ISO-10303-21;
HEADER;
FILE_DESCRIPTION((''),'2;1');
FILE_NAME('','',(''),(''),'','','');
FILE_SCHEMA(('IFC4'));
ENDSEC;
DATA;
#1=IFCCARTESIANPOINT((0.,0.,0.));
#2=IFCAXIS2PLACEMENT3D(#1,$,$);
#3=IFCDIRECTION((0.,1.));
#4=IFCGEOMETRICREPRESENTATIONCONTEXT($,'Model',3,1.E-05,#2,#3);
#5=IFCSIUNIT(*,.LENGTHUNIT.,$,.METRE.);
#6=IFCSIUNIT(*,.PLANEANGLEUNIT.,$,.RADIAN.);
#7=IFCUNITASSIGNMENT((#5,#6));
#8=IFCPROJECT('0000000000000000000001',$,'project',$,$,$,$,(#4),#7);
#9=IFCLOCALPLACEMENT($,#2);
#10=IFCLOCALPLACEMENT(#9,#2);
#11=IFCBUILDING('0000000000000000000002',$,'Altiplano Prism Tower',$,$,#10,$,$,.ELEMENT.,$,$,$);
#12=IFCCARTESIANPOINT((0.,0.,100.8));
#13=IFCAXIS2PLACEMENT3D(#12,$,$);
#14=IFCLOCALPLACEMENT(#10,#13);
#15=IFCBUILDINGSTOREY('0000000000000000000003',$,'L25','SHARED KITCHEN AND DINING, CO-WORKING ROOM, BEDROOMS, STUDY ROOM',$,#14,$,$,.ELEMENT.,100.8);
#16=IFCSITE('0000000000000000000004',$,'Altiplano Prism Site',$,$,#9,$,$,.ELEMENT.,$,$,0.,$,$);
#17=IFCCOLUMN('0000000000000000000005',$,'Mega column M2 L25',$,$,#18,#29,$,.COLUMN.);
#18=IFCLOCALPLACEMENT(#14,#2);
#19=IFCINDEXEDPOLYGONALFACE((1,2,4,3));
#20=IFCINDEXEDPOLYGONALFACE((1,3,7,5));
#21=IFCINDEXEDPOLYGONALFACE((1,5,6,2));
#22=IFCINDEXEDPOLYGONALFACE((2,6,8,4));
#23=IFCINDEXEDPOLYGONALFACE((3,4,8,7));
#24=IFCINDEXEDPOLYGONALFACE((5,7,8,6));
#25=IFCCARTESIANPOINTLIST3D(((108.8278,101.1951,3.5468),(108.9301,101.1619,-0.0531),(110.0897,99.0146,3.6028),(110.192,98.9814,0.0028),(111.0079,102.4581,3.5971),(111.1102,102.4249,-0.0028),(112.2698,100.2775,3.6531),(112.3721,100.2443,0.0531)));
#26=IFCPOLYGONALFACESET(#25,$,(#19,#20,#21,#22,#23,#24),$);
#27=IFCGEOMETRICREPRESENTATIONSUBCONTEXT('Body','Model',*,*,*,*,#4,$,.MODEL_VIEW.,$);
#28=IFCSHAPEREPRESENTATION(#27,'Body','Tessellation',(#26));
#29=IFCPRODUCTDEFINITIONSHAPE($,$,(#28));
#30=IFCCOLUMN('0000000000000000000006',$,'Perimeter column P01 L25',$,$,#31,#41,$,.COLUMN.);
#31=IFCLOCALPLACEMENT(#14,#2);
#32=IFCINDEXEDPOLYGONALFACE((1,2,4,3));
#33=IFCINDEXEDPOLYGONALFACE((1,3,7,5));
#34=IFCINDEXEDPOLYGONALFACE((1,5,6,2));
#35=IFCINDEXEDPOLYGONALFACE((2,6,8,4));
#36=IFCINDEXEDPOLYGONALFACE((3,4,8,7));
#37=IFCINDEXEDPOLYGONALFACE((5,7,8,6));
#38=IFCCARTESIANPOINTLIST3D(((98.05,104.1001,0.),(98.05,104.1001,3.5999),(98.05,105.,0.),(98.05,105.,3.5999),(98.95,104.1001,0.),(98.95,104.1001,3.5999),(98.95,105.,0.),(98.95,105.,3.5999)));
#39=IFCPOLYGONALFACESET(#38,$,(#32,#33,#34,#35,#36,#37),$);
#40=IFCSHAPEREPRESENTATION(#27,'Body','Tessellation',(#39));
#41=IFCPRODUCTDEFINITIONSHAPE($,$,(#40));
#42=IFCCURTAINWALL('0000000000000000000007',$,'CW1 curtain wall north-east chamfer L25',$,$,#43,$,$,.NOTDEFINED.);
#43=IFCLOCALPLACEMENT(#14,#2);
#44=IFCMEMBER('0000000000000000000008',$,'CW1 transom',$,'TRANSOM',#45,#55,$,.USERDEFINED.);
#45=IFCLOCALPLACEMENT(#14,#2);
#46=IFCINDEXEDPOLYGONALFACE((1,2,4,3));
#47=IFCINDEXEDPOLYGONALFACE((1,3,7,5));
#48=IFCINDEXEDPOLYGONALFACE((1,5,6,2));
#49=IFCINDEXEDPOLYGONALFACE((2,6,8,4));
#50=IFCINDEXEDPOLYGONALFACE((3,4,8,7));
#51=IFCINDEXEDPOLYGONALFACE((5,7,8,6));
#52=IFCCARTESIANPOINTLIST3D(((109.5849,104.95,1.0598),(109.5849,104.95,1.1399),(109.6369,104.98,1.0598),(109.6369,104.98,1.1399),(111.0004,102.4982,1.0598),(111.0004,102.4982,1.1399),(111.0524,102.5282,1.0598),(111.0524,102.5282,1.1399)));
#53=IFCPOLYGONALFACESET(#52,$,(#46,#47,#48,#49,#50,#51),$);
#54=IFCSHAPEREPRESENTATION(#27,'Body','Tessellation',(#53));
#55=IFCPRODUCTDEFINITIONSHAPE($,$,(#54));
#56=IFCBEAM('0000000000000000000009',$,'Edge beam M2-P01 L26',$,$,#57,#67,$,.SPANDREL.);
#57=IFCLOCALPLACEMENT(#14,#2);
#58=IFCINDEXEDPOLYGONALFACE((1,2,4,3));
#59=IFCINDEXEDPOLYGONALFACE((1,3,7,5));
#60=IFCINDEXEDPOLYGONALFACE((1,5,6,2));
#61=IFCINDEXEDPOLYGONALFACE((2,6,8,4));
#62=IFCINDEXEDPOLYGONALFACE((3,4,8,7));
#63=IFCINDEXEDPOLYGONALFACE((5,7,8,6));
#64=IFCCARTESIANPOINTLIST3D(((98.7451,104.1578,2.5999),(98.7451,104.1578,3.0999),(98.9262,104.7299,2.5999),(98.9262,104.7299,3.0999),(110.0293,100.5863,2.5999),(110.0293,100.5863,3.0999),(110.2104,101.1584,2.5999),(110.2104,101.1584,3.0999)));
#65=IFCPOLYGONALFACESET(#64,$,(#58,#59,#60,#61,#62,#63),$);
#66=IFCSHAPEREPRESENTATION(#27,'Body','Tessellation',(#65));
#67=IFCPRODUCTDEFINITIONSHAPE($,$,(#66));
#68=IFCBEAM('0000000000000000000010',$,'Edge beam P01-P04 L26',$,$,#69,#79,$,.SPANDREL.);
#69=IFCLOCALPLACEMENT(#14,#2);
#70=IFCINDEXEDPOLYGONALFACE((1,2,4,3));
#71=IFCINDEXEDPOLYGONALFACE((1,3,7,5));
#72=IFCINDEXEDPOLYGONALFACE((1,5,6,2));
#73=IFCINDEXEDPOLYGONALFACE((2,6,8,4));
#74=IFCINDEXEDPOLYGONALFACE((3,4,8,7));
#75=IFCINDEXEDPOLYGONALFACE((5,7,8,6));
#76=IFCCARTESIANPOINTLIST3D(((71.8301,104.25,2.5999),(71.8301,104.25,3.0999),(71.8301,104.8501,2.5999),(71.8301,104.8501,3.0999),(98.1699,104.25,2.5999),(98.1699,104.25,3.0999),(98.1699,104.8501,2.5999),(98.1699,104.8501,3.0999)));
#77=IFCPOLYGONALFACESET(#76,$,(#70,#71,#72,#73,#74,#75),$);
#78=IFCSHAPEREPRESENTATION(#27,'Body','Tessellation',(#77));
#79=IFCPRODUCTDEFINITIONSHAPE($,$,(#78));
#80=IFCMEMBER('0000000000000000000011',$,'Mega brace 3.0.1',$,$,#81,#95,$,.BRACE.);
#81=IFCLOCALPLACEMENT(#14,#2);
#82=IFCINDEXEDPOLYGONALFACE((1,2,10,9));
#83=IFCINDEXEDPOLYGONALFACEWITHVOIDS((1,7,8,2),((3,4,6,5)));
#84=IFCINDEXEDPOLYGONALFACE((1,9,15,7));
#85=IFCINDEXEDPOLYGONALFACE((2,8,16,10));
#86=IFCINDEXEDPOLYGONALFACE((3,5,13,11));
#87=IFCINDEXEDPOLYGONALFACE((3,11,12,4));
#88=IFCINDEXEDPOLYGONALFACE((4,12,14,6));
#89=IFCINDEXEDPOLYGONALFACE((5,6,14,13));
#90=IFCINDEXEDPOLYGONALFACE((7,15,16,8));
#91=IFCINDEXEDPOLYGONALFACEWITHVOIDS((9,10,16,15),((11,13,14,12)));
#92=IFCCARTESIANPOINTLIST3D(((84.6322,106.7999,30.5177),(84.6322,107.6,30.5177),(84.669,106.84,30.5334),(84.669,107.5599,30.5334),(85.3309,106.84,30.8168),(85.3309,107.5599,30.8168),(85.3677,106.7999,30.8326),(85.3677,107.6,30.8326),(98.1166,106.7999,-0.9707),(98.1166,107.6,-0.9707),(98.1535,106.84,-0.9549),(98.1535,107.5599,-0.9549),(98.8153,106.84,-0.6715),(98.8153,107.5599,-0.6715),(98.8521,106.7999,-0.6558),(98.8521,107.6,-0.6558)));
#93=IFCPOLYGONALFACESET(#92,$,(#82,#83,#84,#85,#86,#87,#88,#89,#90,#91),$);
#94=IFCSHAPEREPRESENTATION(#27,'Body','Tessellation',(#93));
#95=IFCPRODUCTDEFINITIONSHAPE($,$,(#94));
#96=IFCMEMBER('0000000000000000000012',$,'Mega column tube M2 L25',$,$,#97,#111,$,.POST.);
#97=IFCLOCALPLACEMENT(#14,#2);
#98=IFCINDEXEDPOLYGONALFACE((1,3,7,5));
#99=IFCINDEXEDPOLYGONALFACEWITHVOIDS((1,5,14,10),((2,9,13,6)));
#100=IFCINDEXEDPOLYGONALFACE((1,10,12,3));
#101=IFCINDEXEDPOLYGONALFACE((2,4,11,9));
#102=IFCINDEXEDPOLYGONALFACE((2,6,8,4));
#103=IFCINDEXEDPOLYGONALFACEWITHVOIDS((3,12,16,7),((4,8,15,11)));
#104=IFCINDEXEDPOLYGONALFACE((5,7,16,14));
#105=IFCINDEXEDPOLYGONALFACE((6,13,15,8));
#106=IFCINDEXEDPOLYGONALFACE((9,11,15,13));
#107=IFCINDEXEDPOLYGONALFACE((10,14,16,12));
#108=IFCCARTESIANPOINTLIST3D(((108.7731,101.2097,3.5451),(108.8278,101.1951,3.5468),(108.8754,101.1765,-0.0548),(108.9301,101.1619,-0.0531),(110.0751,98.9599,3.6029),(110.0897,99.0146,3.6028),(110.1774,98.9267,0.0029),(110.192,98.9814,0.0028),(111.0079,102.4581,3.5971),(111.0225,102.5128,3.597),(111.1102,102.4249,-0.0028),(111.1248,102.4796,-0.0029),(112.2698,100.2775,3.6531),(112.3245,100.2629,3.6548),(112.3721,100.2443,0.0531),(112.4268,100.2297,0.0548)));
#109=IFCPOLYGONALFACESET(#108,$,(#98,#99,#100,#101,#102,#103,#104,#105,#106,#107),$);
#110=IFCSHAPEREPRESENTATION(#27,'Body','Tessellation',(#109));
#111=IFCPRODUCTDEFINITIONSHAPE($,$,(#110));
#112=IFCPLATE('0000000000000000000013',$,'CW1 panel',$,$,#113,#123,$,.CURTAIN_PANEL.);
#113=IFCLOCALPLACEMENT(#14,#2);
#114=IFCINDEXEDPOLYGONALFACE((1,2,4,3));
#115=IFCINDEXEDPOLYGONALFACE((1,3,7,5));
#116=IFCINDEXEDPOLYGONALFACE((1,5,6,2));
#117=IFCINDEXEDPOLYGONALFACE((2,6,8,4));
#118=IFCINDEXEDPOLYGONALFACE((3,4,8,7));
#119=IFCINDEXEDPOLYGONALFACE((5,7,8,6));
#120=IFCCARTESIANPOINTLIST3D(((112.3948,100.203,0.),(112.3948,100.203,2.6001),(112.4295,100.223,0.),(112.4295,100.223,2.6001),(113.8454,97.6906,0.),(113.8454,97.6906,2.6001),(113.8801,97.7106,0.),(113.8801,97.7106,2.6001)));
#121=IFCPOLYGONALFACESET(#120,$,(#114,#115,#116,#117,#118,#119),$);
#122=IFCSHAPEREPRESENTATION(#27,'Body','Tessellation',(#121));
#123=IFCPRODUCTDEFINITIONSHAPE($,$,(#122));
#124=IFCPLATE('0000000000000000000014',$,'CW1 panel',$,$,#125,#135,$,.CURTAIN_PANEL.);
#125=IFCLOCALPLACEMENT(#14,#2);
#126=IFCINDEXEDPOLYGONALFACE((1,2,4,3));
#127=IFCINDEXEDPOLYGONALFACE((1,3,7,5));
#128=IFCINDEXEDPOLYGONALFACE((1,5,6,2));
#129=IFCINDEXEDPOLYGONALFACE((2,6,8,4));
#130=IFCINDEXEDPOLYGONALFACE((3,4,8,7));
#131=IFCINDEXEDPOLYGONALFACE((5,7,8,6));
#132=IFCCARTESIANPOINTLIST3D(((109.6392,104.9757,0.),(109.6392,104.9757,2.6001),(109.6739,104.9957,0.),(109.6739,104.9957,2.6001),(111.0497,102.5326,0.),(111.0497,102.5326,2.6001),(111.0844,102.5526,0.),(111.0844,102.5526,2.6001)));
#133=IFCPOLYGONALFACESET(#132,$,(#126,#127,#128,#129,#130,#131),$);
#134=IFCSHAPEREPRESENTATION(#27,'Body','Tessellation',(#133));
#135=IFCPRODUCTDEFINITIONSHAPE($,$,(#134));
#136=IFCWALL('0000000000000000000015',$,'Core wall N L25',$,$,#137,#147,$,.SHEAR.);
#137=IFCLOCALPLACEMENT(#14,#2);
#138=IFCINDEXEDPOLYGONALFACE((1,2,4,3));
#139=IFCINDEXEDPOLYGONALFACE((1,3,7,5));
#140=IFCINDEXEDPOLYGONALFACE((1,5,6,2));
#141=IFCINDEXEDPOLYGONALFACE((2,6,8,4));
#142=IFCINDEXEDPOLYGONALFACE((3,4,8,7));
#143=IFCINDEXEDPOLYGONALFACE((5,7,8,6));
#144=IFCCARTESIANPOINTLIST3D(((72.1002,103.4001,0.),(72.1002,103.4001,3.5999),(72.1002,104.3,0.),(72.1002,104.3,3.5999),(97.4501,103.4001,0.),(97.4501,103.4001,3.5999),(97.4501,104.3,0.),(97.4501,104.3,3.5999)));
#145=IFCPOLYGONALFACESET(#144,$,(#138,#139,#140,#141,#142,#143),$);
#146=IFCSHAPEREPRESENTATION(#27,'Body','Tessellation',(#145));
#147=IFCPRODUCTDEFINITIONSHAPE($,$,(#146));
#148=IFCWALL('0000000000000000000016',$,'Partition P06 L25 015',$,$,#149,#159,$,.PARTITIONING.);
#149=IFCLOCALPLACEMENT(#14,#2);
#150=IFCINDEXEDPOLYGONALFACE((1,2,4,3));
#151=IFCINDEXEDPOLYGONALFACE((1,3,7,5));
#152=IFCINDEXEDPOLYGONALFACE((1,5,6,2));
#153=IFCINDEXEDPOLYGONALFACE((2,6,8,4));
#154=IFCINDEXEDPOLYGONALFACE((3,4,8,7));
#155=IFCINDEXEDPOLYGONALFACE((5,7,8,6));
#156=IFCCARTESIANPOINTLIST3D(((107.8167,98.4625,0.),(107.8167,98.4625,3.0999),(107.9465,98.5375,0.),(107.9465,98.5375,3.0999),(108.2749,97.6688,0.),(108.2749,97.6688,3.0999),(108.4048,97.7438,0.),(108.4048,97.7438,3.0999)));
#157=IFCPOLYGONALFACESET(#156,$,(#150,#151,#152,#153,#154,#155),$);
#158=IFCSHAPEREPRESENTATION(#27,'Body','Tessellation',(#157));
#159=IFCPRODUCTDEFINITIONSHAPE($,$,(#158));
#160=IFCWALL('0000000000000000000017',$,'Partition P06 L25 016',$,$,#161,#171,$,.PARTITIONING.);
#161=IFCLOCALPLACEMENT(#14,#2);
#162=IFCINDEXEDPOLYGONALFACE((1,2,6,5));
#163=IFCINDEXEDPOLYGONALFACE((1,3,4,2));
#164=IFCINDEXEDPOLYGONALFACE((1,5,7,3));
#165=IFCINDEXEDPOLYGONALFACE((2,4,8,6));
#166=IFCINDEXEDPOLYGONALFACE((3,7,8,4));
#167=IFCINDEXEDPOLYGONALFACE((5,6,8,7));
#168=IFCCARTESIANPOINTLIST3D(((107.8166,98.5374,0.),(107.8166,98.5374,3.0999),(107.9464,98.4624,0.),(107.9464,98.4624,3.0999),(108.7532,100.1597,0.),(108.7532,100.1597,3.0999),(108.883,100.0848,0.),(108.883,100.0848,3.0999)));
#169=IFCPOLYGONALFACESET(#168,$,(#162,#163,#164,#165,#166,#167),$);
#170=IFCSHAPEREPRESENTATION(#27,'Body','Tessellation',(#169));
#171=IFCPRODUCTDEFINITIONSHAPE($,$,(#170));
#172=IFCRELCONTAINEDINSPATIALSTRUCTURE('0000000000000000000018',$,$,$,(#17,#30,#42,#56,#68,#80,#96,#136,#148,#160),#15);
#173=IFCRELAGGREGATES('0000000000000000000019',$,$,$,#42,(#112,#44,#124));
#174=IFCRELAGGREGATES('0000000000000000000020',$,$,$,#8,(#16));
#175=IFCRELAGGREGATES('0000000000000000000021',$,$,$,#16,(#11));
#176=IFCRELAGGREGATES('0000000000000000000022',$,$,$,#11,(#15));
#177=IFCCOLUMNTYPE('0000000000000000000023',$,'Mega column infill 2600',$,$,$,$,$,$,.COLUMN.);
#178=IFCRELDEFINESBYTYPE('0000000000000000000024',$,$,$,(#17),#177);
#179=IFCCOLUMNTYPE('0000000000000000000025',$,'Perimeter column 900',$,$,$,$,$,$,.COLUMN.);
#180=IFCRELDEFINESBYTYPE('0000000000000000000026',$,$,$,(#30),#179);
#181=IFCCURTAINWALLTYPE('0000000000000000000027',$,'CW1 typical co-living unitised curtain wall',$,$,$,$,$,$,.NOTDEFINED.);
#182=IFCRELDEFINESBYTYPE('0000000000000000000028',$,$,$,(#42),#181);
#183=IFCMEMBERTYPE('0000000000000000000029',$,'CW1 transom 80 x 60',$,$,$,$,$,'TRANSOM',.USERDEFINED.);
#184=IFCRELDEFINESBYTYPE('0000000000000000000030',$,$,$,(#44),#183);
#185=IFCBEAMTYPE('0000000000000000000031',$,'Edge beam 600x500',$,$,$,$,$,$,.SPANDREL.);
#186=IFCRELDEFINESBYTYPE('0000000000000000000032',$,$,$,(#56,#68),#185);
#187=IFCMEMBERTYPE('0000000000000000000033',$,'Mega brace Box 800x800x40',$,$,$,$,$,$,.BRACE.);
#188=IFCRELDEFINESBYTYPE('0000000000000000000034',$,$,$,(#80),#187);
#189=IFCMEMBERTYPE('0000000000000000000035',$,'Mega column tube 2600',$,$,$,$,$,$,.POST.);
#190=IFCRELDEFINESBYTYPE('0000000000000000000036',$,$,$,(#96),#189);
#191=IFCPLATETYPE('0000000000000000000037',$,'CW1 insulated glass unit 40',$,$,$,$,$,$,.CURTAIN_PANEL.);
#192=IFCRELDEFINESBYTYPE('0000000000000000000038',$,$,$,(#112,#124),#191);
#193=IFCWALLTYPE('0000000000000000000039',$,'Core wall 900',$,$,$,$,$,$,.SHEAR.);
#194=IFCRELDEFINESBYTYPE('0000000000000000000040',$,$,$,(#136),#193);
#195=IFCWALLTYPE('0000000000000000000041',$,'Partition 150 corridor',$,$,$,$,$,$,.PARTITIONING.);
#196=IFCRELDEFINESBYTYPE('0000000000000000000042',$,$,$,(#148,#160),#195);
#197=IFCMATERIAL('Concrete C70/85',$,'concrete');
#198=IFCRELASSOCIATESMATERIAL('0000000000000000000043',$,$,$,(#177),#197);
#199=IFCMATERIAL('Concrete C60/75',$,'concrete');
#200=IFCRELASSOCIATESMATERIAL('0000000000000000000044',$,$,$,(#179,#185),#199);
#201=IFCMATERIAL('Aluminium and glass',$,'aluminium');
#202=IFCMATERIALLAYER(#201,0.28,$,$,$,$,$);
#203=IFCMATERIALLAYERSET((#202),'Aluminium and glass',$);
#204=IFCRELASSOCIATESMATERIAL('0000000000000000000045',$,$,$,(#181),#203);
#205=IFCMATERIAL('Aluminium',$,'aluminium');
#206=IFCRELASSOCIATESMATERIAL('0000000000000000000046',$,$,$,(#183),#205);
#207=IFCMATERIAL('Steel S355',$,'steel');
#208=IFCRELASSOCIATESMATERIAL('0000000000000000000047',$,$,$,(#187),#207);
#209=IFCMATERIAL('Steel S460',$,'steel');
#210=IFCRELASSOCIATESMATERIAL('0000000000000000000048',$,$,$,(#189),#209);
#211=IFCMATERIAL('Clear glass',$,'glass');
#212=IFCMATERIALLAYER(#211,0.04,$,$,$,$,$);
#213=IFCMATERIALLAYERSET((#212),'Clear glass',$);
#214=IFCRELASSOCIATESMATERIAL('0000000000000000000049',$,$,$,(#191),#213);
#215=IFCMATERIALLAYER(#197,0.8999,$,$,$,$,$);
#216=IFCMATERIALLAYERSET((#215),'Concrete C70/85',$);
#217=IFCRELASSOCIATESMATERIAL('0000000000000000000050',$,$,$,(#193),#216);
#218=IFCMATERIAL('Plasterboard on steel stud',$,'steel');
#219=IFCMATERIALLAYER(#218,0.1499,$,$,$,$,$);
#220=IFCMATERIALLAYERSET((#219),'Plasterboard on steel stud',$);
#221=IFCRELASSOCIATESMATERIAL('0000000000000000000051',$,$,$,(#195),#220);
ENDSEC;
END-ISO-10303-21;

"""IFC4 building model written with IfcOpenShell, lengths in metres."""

from ifc_helpers import new_model, si_unit, direction, frame, frame_2d, origin, origin_2d, place, context, subcontext, project, spatial, rectangle, hollow_rectangle, extrude, material, layer, layer_set, material_profile, profile_set, type_object, element, aggregate, save


model = new_model("IFC4")

# Units and contexts
model_context = context("Model", 3, precision=1e-05, world=origin(), true_north=direction((0.0, 1.0)))
body_context = subcontext(model_context, "Body", "Model", "MODEL_VIEW")
ifc_project = project(units=[si_unit("LENGTHUNIT", "METRE"), si_unit("PLANEANGLEUNIT", "RADIAN")], contexts=[model_context])

# Site, building, storey
site_placement = place(None, origin())
site = spatial("IfcSite", under=ifc_project, at=site_placement, Name="Altiplano Prism Site", CompositionType="ELEMENT", RefElevation=0.0)
building_placement = place(site_placement, origin())
building = spatial("IfcBuilding", under=site, at=building_placement, Name="Altiplano Prism Tower", CompositionType="ELEMENT")
storey_placement = place(building_placement, frame((0.0, 0.0, 100.8)))
storey = spatial("IfcBuildingStorey", under=building, at=storey_placement, Name="L25", Description="SHARED KITCHEN AND DINING, CO-WORKING ROOM, BEDROOMS, STUDY ROOM", CompositionType="ELEMENT", Elevation=100.8)

# Columns
ifc_material_1 = material(Name="Concrete C70/85", Category="concrete")
ifc_material_profile_1 = material_profile(ifc_material_1, rectangle(XDim=2.52, YDim=2.52, at=origin_2d()), Name="Mega column infill 2600")
ifc_profile_set_1 = profile_set([ifc_material_profile_1], Name="Concrete C70/85")
column_type_1 = type_object("IfcColumnType", Name="Mega column infill 2600", PredefinedType="COLUMN", material=ifc_profile_set_1)
column_1_placement = place(storey_placement, frame((110.6511, 100.7031, 0.0), z_axis=(-0.028404, 0.009219, 0.999554), x_axis=(0.500757, -0.865303, 0.022211)))
element("IfcColumn", 1, at=column_1_placement, inside=storey, type_object=column_type_1, Name="Mega column M2 L25", PredefinedType="COLUMN", context=body_context, shape_type="SweptSolid", body=[
    extrude(rectangle(XDim=2.52, YDim=2.52, at=origin_2d()), origin(), (0.0, 0.0, 1.0), 3.6016),
])
ifc_material_2 = material(Name="Concrete C60/75", Category="concrete")
ifc_material_profile_2 = material_profile(ifc_material_2, rectangle(XDim=0.8999, YDim=0.8999, at=origin_2d()), Name="Perimeter column 900")
ifc_profile_set_2 = profile_set([ifc_material_profile_2], Name="Concrete C60/75")
column_type_2 = type_object("IfcColumnType", Name="Perimeter column 900", PredefinedType="COLUMN", material=ifc_profile_set_2)
column_2_placement = place(storey_placement, frame((98.5, 104.55, 0.0), z_axis=(0.0, 0.0, 1.0), x_axis=(1.0, 0.0, 0.0)))
element("IfcColumn", 2, at=column_2_placement, inside=storey, type_object=column_type_2, Name="Perimeter column P01 L25", PredefinedType="COLUMN", context=body_context, shape_type="SweptSolid", body=[
    extrude(rectangle(XDim=0.8999, YDim=0.8999, at=origin_2d()), origin(), (0.0, 0.0, 1.0), 3.5999),
])

# Curtain wall, member
ifc_material_3 = material(Name="Aluminium and glass", Category="aluminium")
ifc_layer_1 = layer(ifc_material_3, 0.28)
ifc_layer_set_1 = layer_set([ifc_layer_1], Name="Aluminium and glass")
curtain_wall_type = type_object("IfcCurtainWallType", Name="CW1 typical co-living unitised curtain wall", PredefinedType="NOTDEFINED", material=ifc_layer_set_1)
curtain_wall_placement = place(storey_placement, origin())
curtain_wall = element("IfcCurtainWall", 3, at=curtain_wall_placement, inside=storey, type_object=curtain_wall_type, Name="CW1 curtain wall north-east chamfer L25", PredefinedType="NOTDEFINED")
ifc_material_4 = material(Name="Aluminium", Category="aluminium")
ifc_material_profile_3 = material_profile(ifc_material_4, rectangle(XDim=0.0601, YDim=0.0801, at=origin_2d()), Name="CW1 transom 80 x 60")
ifc_profile_set_3 = profile_set([ifc_material_profile_3], Name="Aluminium")
member_type_1 = type_object("IfcMemberType", Name="CW1 transom 80 x 60", ElementType="TRANSOM", PredefinedType="USERDEFINED", material=ifc_profile_set_3)
member_1_placement = place(storey_placement, frame((111.0264, 102.5132, 1.0999), z_axis=(-0.499979, 0.866038, 0.0), x_axis=(-0.866038, -0.499979, 0.0)))
member_1 = element("IfcMember", 4, at=member_1_placement, type_object=member_type_1, Name="CW1 transom", ObjectType="TRANSOM", PredefinedType="USERDEFINED", context=body_context, shape_type="SweptSolid", body=[
    extrude(rectangle(XDim=0.0601, YDim=0.0801, at=origin_2d()), origin(), (0.0, 0.0, 1.0), 2.8311),
])

# Beams
ifc_material_profile_4 = material_profile(ifc_material_2, rectangle(XDim=0.6001, YDim=0.5, at=origin_2d()), Name="Edge beam 600x500")
ifc_profile_set_4 = profile_set([ifc_material_profile_4], Name="Concrete C60/75")
beam_type = type_object("IfcBeamType", Name="Edge beam 600x500", PredefinedType="SPANDREL", material=ifc_profile_set_4)
beam_1_placement = place(storey_placement, frame((110.1199, 100.8723, 2.8499), z_axis=(-0.953386, 0.301754, 0.0), x_axis=(-0.301754, -0.953386, 0.0)))
element("IfcBeam", 5, at=beam_1_placement, inside=storey, type_object=beam_type, Name="Edge beam M2-P01 L26", PredefinedType="SPANDREL", context=body_context, shape_type="SweptSolid", body=[
    extrude(rectangle(XDim=0.6001, YDim=0.5, at=origin_2d()), origin(), (0.0, 0.0, 1.0), 11.8359),
])
beam_2_placement = place(storey_placement, frame((98.1699, 104.55, 2.8499), z_axis=(-1.0, 0.0, 0.0), x_axis=(0.0, -1.0, 0.0)))
element("IfcBeam", 6, at=beam_2_placement, inside=storey, type_object=beam_type, Name="Edge beam P01-P04 L26", PredefinedType="SPANDREL", context=body_context, shape_type="SweptSolid", body=[
    extrude(rectangle(XDim=0.6001, YDim=0.5, at=origin_2d()), origin(), (0.0, 0.0, 1.0), 26.3398),
])

# Members
ifc_material_5 = material(Name="Steel S355", Category="steel")
ifc_material_profile_5 = material_profile(ifc_material_5, hollow_rectangle(XDim=0.8, YDim=0.8, WallThickness=0.04, at=origin_2d()), Name="Mega brace Box 800x800x40")
ifc_profile_set_5 = profile_set([ifc_material_profile_5], Name="Steel S355")
member_type_2 = type_object("IfcMemberType", Name="Mega brace Box 800x800x40", PredefinedType="BRACE", material=ifc_profile_set_5)
member_2_placement = place(storey_placement, frame((98.4844, 107.2, -0.8132), z_axis=(-0.393658, 0.0, 0.919257), x_axis=(0.0, -1.0, 0.0)))
element("IfcMember", 7, at=member_2_placement, inside=storey, type_object=member_type_2, Name="Mega brace 3.0.1", PredefinedType="BRACE", context=body_context, shape_type="SweptSolid", body=[
    extrude(hollow_rectangle(XDim=0.8, YDim=0.8, WallThickness=0.04, at=origin_2d()), origin(), (0.0, 0.0, 1.0), 34.2542),
])
ifc_material_6 = material(Name="Steel S460", Category="steel")
ifc_material_profile_6 = material_profile(ifc_material_6, hollow_rectangle(XDim=2.6001, YDim=2.6001, WallThickness=0.04, at=origin_2d()), Name="Mega column tube 2600")
ifc_profile_set_6 = profile_set([ifc_material_profile_6], Name="Steel S460")
member_type_3 = type_object("IfcMemberType", Name="Mega column tube 2600", PredefinedType="POST", material=ifc_profile_set_6)
member_3_placement = place(storey_placement, frame((110.6511, 100.7031, 0.0), z_axis=(-0.028404, 0.009219, 0.999554), x_axis=(0.500757, -0.865303, 0.022211)))
element("IfcMember", 8, at=member_3_placement, inside=storey, type_object=member_type_3, Name="Mega column tube M2 L25", PredefinedType="POST", context=body_context, shape_type="SweptSolid", body=[
    extrude(hollow_rectangle(XDim=2.6001, YDim=2.6001, WallThickness=0.04, at=origin_2d()), origin(), (0.0, 0.0, 1.0), 3.6016),
])

# Plates
ifc_material_7 = material(Name="Clear glass", Category="glass")
ifc_layer_2 = layer(ifc_material_7, 0.04)
ifc_layer_set_2 = layer_set([ifc_layer_2], Name="Clear glass")
plate_type = type_object("IfcPlateType", Name="CW1 insulated glass unit 40", PredefinedType="CURTAIN_PANEL", material=ifc_layer_set_2)
plate_1_placement = place(storey_placement, frame((113.1375, 98.9568, 0.0), z_axis=(0.0, 0.0, 1.0), x_axis=(-0.5, 0.866025, 0.0)))
plate_1 = element("IfcPlate", 9, at=plate_1_placement, type_object=plate_type, Name="CW1 panel", PredefinedType="CURTAIN_PANEL", context=body_context, shape_type="SweptSolid", body=[
    extrude(rectangle(XDim=2.9011, YDim=0.04, at=origin_2d()), origin(), (0.0, 0.0, 1.0), 2.6001),
])
plate_2_placement = place(storey_placement, frame((110.3618, 103.7642, 0.0), z_axis=(0.0, 0.0, 1.0), x_axis=(-0.5, 0.866025, 0.0)))
plate_2 = element("IfcPlate", 10, at=plate_2_placement, type_object=plate_type, Name="CW1 panel", PredefinedType="CURTAIN_PANEL", context=body_context, shape_type="SweptSolid", body=[
    extrude(rectangle(XDim=2.821, YDim=0.04, at=origin_2d()), origin(), (0.0, 0.0, 1.0), 2.6001),
])
aggregate(curtain_wall, [plate_1, member_1, plate_2])

# Walls
ifc_layer_3 = layer(ifc_material_1, 0.8999)
ifc_layer_set_3 = layer_set([ifc_layer_3], Name="Concrete C70/85")
wall_type_1 = type_object("IfcWallType", Name="Core wall 900", PredefinedType="SHEAR", material=ifc_layer_set_3)
wall_1_placement = place(storey_placement, frame((97.45, 103.8501, 0.0), z_axis=(0.0, 0.0, 1.0), x_axis=(-1.0, 0.0, 0.0)))
element("IfcWall", 11, at=wall_1_placement, inside=storey, type_object=wall_type_1, Name="Core wall N L25", PredefinedType="SHEAR", context=body_context, shape_type="SweptSolid", body=[
    extrude(rectangle(XDim=25.3499, YDim=0.8999, at=frame_2d((12.6748, 0.0))), origin(), (0.0, 0.0, 1.0), 3.5999),
])
ifc_material_8 = material(Name="Plasterboard on steel stud", Category="steel")
ifc_layer_4 = layer(ifc_material_8, 0.1499)
ifc_layer_set_4 = layer_set([ifc_layer_4], Name="Plasterboard on steel stud")
wall_type_2 = type_object("IfcWallType", Name="Partition 150 corridor", PredefinedType="PARTITIONING", material=ifc_layer_set_4)
wall_2_placement = place(storey_placement, frame((108.3398, 97.7063, 0.0), z_axis=(0.0, 0.0, 1.0), x_axis=(-0.500007, 0.866021, 0.0)))
element("IfcWall", 12, at=wall_2_placement, inside=storey, type_object=wall_type_2, Name="Partition P06 L25 015", PredefinedType="PARTITIONING", context=body_context, shape_type="SweptSolid", body=[
    extrude(rectangle(XDim=0.9165, YDim=0.1499, at=frame_2d((0.4583, 0.0))), origin(), (0.0, 0.0, 1.0), 3.0999),
])
wall_3_placement = place(storey_placement, frame((107.8816, 98.5, 0.0), z_axis=(0.0, 0.0, 1.0), x_axis=(0.499952, 0.866053, 0.0)))
element("IfcWall", 13, at=wall_3_placement, inside=storey, type_object=wall_type_2, Name="Partition P06 L25 016", PredefinedType="PARTITIONING", context=body_context, shape_type="SweptSolid", body=[
    extrude(rectangle(XDim=1.8733, YDim=0.1499, at=frame_2d((0.9365, 0.0))), origin(), (0.0, 0.0, 1.0), 3.0999),
])

save(model, "model.ifc")
